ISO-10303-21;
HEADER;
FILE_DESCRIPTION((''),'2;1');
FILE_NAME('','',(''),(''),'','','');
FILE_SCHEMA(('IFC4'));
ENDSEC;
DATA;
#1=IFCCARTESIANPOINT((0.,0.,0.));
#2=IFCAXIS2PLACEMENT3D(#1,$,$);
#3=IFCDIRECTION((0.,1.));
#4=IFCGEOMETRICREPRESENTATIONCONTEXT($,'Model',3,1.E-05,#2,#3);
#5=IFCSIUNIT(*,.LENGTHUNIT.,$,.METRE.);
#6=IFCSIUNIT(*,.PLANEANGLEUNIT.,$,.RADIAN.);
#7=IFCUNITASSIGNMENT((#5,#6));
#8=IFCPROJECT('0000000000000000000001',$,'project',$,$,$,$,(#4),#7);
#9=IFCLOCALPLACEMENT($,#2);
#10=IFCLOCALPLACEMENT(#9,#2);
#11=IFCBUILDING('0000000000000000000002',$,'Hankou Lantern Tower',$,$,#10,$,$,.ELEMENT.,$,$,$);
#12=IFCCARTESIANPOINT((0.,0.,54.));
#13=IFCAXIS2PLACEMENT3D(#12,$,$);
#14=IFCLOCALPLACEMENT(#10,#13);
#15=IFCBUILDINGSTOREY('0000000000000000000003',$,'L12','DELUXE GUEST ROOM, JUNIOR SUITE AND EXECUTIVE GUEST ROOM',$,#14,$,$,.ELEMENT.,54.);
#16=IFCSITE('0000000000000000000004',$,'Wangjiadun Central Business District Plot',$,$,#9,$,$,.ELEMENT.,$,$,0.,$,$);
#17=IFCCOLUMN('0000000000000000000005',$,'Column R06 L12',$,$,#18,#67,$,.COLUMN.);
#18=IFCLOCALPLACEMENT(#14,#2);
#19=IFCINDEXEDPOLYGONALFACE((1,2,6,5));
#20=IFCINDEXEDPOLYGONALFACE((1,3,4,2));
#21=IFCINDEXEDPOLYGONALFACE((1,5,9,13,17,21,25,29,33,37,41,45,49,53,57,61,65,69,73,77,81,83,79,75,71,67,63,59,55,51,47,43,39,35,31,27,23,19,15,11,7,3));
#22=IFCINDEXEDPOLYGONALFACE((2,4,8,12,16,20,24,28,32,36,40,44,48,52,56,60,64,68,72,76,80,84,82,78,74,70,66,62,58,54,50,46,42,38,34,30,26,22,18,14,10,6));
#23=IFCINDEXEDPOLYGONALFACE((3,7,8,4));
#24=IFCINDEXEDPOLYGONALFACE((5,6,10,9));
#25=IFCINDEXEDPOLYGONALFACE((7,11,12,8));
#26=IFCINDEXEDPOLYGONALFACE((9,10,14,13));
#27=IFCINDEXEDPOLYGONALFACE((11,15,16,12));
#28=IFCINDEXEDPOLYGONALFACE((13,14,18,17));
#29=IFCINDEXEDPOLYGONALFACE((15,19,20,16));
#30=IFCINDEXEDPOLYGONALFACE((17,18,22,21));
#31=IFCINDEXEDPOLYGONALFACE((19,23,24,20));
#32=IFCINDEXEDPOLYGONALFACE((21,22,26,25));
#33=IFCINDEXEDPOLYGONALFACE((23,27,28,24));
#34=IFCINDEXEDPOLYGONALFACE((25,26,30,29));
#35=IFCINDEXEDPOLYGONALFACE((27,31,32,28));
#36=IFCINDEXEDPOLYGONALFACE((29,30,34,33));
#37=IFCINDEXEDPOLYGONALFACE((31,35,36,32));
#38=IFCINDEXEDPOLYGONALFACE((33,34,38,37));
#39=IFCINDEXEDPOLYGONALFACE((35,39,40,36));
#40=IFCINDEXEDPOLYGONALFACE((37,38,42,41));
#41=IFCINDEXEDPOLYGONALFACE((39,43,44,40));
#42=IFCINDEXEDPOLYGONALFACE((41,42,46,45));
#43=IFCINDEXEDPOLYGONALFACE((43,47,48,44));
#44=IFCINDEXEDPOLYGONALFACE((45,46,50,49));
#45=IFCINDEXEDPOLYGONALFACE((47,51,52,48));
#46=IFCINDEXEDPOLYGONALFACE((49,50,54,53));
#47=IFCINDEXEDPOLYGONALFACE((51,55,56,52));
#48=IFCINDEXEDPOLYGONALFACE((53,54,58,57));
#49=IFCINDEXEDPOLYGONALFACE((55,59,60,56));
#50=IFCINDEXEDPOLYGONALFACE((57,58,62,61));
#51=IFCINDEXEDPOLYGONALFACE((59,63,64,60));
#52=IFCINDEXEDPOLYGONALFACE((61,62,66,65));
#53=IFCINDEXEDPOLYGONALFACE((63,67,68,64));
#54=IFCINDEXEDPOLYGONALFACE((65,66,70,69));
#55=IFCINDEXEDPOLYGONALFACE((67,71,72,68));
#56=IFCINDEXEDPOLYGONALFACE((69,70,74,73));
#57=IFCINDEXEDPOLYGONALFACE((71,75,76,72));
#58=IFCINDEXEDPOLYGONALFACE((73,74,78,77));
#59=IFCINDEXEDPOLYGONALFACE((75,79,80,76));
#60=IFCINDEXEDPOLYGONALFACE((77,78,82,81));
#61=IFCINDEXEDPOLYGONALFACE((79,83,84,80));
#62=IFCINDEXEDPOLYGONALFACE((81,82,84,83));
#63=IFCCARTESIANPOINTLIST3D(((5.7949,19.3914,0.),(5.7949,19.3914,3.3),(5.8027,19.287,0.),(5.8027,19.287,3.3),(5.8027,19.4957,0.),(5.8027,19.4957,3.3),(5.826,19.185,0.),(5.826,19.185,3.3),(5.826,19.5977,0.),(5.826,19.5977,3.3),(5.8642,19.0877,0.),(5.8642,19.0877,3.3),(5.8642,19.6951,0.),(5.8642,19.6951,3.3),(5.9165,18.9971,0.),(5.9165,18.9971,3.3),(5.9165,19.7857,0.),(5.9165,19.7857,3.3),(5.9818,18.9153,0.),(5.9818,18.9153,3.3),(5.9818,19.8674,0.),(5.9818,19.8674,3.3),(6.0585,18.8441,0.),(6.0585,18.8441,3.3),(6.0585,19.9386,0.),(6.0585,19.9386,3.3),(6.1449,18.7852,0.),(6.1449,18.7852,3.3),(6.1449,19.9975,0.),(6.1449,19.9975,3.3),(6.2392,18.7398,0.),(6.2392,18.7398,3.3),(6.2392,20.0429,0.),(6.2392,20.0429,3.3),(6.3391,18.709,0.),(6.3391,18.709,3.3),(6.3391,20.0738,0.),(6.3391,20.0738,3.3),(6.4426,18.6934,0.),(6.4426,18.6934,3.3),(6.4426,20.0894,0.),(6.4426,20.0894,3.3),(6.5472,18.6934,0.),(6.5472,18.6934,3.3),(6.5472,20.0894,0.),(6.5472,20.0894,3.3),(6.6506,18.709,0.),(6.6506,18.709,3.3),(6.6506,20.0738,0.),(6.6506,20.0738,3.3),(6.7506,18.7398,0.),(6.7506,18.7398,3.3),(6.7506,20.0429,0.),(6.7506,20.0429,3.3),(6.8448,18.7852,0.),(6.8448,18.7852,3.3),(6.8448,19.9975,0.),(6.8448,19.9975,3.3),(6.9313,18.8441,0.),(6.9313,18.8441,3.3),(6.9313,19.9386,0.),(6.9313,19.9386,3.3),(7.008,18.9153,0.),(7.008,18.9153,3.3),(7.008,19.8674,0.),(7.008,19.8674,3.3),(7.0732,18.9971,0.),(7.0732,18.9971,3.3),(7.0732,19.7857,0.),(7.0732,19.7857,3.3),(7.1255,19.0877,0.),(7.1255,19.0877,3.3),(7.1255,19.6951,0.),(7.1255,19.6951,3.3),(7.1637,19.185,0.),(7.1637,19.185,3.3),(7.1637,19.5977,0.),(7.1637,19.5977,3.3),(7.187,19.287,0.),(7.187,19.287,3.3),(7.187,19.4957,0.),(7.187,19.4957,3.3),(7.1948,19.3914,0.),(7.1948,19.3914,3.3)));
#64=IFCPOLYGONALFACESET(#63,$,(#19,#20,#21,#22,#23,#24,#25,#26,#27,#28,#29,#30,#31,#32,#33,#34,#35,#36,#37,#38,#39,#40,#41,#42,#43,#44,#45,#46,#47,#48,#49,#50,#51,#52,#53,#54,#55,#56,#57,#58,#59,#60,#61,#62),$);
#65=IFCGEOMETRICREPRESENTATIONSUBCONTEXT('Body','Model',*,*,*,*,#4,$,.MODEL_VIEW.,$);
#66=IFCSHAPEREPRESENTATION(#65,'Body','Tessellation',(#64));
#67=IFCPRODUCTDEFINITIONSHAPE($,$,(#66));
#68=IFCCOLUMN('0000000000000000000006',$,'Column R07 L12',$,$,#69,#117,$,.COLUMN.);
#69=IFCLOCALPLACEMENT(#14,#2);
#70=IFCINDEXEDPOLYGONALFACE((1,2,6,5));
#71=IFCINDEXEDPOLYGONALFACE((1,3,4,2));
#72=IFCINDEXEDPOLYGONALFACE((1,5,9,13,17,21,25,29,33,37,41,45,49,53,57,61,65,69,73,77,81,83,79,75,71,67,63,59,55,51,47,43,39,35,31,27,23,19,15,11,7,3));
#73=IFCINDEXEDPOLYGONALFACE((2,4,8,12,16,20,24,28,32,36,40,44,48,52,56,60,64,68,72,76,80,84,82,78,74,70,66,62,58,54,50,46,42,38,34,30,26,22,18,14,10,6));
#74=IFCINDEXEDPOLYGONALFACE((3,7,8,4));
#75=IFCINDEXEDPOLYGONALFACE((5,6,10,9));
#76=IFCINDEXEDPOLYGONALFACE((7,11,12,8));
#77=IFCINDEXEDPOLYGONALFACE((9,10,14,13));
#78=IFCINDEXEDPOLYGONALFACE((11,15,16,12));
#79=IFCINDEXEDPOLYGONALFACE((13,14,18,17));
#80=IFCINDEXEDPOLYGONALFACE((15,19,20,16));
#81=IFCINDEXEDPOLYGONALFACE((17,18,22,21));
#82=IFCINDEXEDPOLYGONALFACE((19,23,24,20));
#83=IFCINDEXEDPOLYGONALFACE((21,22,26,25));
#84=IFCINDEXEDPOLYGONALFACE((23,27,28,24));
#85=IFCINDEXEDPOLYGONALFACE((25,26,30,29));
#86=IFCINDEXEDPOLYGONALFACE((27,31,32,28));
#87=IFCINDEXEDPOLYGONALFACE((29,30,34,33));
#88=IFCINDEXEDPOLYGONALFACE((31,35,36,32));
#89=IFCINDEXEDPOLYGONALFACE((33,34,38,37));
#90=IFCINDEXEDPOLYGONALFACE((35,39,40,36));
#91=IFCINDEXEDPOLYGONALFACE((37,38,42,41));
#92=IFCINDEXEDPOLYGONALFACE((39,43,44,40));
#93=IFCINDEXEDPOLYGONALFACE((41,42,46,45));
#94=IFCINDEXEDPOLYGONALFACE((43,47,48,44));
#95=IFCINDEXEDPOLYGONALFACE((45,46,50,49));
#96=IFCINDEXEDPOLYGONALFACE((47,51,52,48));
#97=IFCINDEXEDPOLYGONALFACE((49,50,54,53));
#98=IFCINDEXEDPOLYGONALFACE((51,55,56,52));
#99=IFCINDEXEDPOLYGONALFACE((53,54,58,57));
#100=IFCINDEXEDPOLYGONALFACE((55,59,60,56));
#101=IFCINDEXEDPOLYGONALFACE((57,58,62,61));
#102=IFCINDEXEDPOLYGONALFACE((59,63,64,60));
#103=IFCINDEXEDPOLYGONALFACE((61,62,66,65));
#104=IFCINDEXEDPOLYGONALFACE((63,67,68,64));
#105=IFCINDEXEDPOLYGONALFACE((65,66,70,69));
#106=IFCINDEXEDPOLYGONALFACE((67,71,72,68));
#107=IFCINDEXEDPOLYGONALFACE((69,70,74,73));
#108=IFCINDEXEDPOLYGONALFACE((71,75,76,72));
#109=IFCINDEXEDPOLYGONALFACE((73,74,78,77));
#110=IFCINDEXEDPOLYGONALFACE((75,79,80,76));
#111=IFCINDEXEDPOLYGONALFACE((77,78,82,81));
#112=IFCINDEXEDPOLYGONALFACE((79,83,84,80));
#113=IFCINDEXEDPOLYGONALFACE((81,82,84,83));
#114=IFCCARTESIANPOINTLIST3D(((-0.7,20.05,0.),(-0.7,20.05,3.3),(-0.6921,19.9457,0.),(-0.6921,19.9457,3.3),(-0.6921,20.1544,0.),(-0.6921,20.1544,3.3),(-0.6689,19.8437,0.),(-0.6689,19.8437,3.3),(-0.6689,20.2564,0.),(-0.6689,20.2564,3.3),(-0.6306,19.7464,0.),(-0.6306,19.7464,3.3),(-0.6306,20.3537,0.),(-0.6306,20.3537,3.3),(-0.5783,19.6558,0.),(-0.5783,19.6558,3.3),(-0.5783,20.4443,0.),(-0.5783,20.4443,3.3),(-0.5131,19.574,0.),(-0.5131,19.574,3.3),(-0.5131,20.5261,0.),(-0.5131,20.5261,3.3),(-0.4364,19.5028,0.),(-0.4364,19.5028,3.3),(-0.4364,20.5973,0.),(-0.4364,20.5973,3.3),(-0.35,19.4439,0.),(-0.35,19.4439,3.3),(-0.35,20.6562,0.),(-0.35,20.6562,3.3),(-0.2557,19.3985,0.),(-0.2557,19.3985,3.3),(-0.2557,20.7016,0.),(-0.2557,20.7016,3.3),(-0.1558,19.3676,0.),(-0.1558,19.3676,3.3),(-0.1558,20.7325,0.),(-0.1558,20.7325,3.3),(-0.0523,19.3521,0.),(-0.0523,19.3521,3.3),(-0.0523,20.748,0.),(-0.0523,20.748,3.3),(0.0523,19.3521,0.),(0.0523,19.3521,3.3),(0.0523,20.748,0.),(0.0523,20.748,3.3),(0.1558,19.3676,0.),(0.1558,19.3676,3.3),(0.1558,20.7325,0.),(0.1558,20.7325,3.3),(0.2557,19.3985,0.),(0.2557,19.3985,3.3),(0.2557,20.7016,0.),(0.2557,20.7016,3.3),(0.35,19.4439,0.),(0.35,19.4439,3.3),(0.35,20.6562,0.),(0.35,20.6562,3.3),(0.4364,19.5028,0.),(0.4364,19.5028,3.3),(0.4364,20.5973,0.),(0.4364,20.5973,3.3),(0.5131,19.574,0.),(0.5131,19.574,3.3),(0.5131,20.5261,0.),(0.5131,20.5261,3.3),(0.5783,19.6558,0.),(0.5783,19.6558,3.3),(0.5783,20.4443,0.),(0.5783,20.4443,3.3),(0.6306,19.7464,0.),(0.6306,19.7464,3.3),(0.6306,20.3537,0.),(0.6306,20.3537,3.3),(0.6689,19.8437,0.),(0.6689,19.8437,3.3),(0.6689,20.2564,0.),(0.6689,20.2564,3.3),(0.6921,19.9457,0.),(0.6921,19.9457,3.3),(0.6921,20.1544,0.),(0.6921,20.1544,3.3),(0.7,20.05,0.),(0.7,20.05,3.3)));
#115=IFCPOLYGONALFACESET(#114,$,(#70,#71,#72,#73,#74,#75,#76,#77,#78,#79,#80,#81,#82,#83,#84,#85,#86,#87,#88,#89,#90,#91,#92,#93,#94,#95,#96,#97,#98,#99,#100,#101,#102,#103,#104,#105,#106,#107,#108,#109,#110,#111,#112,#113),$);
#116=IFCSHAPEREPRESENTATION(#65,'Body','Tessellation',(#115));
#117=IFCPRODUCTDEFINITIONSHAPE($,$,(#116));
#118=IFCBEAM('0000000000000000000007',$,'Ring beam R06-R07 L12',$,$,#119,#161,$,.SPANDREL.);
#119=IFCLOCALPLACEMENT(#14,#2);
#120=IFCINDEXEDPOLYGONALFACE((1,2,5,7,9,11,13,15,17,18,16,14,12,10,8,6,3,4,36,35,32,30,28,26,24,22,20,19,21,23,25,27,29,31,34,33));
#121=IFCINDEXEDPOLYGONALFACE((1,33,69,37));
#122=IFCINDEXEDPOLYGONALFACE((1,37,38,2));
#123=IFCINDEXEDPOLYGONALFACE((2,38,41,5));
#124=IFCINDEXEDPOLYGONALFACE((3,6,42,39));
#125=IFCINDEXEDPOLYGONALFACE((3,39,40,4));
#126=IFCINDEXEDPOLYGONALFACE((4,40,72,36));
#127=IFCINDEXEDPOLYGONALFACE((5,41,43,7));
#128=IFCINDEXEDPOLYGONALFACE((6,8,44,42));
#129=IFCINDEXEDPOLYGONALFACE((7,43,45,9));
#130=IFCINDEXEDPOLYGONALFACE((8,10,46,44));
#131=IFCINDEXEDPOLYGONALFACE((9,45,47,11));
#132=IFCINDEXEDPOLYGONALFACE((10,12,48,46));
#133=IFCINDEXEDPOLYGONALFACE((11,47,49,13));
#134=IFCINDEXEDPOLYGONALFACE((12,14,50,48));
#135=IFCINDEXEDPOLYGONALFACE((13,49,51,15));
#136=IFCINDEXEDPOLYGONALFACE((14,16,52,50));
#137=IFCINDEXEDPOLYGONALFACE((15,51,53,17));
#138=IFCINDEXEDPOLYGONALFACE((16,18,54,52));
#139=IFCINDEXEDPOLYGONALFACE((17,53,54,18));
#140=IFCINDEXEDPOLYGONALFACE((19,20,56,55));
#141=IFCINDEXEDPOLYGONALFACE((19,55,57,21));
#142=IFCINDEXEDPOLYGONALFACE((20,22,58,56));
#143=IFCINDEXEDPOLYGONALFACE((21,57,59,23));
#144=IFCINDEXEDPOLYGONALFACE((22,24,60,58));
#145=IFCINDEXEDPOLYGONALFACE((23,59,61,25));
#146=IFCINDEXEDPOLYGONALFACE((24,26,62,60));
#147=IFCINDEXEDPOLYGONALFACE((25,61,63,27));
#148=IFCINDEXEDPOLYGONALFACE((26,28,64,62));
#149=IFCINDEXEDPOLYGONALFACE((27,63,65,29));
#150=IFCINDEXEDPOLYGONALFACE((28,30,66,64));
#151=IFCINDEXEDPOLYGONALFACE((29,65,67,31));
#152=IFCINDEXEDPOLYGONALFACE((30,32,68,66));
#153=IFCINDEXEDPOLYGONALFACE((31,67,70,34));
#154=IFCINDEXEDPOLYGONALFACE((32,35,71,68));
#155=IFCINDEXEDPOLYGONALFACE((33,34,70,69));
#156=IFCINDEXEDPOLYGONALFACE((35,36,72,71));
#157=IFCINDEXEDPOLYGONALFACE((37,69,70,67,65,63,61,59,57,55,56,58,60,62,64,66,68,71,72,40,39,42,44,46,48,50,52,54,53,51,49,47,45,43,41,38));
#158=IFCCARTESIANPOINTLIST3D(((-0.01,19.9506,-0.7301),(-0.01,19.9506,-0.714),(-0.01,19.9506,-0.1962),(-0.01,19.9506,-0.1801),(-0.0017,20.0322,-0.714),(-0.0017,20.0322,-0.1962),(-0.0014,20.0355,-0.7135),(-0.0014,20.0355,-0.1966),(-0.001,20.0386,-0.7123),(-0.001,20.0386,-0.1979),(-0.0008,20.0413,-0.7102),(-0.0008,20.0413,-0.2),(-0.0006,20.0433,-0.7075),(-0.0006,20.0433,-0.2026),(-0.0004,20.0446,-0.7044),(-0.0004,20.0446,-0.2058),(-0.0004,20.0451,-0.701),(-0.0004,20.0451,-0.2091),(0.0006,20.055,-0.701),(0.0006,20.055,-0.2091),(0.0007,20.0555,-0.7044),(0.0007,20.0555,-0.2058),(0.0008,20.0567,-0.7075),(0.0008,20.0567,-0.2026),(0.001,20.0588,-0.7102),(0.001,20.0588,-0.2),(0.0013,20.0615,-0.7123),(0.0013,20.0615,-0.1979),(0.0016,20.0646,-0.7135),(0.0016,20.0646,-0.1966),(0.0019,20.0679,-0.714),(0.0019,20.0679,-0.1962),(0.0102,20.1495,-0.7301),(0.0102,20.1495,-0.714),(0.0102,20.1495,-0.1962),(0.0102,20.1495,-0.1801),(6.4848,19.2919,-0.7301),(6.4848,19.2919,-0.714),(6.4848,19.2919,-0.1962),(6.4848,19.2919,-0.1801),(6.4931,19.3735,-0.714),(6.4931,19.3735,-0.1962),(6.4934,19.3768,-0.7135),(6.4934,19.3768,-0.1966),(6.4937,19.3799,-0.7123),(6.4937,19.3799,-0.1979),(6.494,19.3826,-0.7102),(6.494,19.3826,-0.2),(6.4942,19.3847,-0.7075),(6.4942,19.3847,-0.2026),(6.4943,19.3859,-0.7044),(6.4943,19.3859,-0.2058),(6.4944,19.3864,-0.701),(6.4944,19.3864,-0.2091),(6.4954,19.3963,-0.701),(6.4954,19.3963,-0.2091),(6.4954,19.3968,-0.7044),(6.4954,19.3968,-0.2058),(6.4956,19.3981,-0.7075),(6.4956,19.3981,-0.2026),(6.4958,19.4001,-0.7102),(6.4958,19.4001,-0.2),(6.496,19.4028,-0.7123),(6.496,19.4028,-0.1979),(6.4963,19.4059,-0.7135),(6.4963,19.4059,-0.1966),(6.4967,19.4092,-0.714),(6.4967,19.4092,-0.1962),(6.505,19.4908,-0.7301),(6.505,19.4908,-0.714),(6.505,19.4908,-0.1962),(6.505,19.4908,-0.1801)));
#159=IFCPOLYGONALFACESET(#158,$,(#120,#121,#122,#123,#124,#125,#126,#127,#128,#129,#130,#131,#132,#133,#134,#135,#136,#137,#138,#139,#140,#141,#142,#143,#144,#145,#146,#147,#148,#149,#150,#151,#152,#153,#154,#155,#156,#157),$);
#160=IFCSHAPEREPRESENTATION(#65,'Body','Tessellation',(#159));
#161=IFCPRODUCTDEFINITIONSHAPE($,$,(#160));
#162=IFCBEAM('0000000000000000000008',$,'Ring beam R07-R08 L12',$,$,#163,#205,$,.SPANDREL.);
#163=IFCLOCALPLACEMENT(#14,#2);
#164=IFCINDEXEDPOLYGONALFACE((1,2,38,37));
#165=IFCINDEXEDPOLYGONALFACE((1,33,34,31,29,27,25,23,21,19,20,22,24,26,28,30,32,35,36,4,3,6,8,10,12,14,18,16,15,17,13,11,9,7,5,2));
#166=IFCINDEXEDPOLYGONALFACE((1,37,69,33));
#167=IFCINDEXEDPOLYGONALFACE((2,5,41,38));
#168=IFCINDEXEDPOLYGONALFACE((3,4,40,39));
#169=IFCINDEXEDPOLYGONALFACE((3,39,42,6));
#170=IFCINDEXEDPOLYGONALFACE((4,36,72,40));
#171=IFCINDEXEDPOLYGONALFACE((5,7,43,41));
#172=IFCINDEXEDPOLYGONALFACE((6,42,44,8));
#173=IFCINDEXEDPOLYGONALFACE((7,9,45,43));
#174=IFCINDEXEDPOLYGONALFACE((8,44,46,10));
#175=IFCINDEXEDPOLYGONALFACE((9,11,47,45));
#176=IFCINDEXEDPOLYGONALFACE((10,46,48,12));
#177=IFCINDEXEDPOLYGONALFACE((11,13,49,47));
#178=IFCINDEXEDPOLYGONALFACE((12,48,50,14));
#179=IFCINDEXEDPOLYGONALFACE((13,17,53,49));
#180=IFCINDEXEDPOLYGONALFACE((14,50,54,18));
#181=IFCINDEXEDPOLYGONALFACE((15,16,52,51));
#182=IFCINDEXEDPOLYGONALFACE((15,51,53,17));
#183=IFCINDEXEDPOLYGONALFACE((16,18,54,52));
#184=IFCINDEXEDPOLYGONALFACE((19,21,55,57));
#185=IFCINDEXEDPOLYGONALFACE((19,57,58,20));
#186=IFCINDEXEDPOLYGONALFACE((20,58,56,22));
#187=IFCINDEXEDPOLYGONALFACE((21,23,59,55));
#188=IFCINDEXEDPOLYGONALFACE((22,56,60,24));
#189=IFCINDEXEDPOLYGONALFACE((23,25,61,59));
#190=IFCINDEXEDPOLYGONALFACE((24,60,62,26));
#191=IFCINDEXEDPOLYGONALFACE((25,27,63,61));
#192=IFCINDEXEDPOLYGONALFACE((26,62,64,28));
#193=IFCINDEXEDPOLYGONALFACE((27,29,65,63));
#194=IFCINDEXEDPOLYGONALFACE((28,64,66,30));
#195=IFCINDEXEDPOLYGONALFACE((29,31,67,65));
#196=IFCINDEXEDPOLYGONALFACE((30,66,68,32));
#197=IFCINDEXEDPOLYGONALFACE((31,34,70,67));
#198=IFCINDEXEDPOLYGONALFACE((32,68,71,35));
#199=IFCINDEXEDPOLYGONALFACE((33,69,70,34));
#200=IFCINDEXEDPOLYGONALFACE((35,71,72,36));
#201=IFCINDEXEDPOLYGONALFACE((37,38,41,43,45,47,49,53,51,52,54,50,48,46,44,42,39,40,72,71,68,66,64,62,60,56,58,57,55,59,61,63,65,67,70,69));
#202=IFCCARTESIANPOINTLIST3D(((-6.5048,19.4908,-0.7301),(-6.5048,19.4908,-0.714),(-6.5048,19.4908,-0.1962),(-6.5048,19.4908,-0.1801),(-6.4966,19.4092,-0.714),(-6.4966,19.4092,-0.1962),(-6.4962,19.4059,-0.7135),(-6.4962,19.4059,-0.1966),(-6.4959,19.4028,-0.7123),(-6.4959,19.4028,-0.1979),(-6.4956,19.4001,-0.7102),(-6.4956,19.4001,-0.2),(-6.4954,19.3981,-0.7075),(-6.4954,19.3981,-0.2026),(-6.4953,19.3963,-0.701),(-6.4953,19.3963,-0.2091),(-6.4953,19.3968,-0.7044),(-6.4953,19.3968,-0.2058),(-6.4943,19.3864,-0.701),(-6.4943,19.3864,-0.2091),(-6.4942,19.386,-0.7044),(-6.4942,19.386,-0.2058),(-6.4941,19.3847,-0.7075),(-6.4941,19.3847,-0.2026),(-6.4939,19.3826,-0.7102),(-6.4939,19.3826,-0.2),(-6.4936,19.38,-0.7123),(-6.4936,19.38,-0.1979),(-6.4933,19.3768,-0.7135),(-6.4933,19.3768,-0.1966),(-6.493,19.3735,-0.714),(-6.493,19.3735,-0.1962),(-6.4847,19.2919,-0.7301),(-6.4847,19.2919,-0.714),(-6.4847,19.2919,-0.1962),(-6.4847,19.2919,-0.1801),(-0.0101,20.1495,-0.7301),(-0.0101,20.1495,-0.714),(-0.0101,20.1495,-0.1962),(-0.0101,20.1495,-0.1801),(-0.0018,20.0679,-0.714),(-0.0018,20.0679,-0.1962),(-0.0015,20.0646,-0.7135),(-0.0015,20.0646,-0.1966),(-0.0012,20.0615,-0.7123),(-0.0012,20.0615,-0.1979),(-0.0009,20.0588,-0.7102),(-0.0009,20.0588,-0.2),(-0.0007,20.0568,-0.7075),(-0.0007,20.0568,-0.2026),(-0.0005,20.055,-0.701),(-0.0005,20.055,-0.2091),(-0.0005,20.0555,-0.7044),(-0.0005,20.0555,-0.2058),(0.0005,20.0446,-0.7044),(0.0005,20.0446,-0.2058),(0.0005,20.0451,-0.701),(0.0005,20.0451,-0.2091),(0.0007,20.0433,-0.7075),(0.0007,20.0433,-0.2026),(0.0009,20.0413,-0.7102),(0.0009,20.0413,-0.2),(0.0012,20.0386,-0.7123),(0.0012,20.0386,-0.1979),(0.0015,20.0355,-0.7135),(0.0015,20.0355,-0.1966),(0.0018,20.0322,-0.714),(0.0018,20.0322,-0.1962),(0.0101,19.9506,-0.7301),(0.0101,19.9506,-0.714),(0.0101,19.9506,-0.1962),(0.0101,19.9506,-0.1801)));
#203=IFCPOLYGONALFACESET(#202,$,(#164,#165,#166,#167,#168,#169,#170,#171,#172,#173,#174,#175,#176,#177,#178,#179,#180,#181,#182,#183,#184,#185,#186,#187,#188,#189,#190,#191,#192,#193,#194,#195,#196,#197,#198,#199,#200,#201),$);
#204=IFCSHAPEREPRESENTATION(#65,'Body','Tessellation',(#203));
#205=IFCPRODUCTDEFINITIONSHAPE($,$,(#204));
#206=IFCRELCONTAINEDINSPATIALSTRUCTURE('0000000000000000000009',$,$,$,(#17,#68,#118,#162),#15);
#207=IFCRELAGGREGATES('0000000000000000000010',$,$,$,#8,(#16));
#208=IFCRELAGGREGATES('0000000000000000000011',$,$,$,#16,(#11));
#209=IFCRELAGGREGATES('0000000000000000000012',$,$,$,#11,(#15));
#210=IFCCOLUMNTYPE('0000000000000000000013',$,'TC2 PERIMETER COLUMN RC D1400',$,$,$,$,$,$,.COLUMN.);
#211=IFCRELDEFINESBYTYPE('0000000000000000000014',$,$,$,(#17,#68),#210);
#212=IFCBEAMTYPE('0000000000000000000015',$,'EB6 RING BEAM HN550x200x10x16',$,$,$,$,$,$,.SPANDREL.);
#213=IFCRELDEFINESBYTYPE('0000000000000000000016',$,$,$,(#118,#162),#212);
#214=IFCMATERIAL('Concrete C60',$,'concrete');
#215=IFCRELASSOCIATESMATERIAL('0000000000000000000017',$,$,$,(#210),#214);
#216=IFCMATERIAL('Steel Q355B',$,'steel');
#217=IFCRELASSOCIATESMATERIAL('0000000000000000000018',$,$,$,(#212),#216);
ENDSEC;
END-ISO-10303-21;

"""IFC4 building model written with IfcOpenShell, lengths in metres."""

from ifc_helpers import new_model, si_unit, direction, frame, origin, origin_2d, place, context, subcontext, project, spatial, circle, i_section, extrude, material, material_profile, profile_set, type_object, element, save


model = new_model("IFC4")

# Units and contexts
model_context = context("Model", 3, precision=1e-05, world=origin(), true_north=direction((0.0, 1.0)))
body_context = subcontext(model_context, "Body", "Model", "MODEL_VIEW")
ifc_project = project(units=[si_unit("LENGTHUNIT", "METRE"), si_unit("PLANEANGLEUNIT", "RADIAN")], contexts=[model_context])

# Site, building, storey
site_placement = place(None, origin())
site = spatial("IfcSite", under=ifc_project, at=site_placement, Name="Wangjiadun Central Business District Plot", CompositionType="ELEMENT", RefElevation=0.0)
building_placement = place(site_placement, origin())
building = spatial("IfcBuilding", under=site, at=building_placement, Name="Hankou Lantern Tower", CompositionType="ELEMENT")
storey_placement = place(building_placement, frame((0.0, 0.0, 54.0)))
storey = spatial("IfcBuildingStorey", under=building, at=storey_placement, Name="L12", Description="DELUXE GUEST ROOM, JUNIOR SUITE AND EXECUTIVE GUEST ROOM", CompositionType="ELEMENT", Elevation=54.0)

# Columns
ifc_material_1 = material(Name="Concrete C60", Category="concrete")
ifc_material_profile_1 = material_profile(ifc_material_1, circle(Radius=0.7, at=origin_2d()), Name="RC D1400")
ifc_profile_set_1 = profile_set([ifc_material_profile_1], Name="Concrete C60")
column_type = type_object("IfcColumnType", Name="TC2 PERIMETER COLUMN RC D1400", PredefinedType="COLUMN", material=ifc_profile_set_1)
for number, where, z_axis, x_axis, name in (
    (1, (6.4949, 19.3914, 0.0), (0.0, 0.0, 1.0), (1.0, 0.0, 0.0), "Column R06 L12"),
    (2, (0.0, 20.05, 0.0), (0.0, 0.0, 1.0), (1.0, 0.0, 0.0), "Column R07 L12"),
):
    element("IfcColumn", number, at=place(storey_placement, frame(where, z_axis=z_axis, x_axis=x_axis)), inside=storey, type_object=column_type, Name=name, PredefinedType="COLUMN", context=body_context, shape_type="SweptSolid", body=[
        extrude(circle(Radius=0.7, at=origin_2d()), origin(), (0.0, 0.0, 1.0), 3.3),
    ])

# Beams
ifc_material_2 = material(Name="Steel Q355B", Category="steel")
ifc_material_profile_2 = material_profile(ifc_material_2, i_section(OverallWidth=0.2, OverallDepth=0.55, WebThickness=0.01, FlangeThickness=0.0161, FilletRadius=0.0129, at=origin_2d()), Name="HN550x200x10x16")
ifc_profile_set_2 = profile_set([ifc_material_profile_2], Name="Steel Q355B")
beam_type_1 = type_object("IfcBeamType", Name="EB6 RING BEAM HN550x200x10x16", PredefinedType="SPANDREL", material=ifc_profile_set_2)
for number, where, z_axis, x_axis, name in (
    (3, (6.4949, 19.3914, -0.4551), (-0.994897, 0.1009, 0.0), (-0.1009, -0.994897, 0.0), "Ring beam R06-R07 L12"),
    (4, (0.0, 20.05, -0.4551), (-0.994897, -0.1009, 0.0), (0.1009, -0.994897, 0.0), "Ring beam R07-R08 L12"),
):
    element("IfcBeam", number, at=place(storey_placement, frame(where, z_axis=z_axis, x_axis=x_axis)), inside=storey, type_object=beam_type_1, Name=name, PredefinedType="SPANDREL", context=body_context, shape_type="SweptSolid", body=[
        extrude(i_section(OverallWidth=0.2, OverallDepth=0.55, WebThickness=0.01, FlangeThickness=0.0161, FilletRadius=0.0129, at=origin_2d()), origin(), (0.0, 0.0, 1.0), 6.5281),
    ])

save(model, "model.ifc")
